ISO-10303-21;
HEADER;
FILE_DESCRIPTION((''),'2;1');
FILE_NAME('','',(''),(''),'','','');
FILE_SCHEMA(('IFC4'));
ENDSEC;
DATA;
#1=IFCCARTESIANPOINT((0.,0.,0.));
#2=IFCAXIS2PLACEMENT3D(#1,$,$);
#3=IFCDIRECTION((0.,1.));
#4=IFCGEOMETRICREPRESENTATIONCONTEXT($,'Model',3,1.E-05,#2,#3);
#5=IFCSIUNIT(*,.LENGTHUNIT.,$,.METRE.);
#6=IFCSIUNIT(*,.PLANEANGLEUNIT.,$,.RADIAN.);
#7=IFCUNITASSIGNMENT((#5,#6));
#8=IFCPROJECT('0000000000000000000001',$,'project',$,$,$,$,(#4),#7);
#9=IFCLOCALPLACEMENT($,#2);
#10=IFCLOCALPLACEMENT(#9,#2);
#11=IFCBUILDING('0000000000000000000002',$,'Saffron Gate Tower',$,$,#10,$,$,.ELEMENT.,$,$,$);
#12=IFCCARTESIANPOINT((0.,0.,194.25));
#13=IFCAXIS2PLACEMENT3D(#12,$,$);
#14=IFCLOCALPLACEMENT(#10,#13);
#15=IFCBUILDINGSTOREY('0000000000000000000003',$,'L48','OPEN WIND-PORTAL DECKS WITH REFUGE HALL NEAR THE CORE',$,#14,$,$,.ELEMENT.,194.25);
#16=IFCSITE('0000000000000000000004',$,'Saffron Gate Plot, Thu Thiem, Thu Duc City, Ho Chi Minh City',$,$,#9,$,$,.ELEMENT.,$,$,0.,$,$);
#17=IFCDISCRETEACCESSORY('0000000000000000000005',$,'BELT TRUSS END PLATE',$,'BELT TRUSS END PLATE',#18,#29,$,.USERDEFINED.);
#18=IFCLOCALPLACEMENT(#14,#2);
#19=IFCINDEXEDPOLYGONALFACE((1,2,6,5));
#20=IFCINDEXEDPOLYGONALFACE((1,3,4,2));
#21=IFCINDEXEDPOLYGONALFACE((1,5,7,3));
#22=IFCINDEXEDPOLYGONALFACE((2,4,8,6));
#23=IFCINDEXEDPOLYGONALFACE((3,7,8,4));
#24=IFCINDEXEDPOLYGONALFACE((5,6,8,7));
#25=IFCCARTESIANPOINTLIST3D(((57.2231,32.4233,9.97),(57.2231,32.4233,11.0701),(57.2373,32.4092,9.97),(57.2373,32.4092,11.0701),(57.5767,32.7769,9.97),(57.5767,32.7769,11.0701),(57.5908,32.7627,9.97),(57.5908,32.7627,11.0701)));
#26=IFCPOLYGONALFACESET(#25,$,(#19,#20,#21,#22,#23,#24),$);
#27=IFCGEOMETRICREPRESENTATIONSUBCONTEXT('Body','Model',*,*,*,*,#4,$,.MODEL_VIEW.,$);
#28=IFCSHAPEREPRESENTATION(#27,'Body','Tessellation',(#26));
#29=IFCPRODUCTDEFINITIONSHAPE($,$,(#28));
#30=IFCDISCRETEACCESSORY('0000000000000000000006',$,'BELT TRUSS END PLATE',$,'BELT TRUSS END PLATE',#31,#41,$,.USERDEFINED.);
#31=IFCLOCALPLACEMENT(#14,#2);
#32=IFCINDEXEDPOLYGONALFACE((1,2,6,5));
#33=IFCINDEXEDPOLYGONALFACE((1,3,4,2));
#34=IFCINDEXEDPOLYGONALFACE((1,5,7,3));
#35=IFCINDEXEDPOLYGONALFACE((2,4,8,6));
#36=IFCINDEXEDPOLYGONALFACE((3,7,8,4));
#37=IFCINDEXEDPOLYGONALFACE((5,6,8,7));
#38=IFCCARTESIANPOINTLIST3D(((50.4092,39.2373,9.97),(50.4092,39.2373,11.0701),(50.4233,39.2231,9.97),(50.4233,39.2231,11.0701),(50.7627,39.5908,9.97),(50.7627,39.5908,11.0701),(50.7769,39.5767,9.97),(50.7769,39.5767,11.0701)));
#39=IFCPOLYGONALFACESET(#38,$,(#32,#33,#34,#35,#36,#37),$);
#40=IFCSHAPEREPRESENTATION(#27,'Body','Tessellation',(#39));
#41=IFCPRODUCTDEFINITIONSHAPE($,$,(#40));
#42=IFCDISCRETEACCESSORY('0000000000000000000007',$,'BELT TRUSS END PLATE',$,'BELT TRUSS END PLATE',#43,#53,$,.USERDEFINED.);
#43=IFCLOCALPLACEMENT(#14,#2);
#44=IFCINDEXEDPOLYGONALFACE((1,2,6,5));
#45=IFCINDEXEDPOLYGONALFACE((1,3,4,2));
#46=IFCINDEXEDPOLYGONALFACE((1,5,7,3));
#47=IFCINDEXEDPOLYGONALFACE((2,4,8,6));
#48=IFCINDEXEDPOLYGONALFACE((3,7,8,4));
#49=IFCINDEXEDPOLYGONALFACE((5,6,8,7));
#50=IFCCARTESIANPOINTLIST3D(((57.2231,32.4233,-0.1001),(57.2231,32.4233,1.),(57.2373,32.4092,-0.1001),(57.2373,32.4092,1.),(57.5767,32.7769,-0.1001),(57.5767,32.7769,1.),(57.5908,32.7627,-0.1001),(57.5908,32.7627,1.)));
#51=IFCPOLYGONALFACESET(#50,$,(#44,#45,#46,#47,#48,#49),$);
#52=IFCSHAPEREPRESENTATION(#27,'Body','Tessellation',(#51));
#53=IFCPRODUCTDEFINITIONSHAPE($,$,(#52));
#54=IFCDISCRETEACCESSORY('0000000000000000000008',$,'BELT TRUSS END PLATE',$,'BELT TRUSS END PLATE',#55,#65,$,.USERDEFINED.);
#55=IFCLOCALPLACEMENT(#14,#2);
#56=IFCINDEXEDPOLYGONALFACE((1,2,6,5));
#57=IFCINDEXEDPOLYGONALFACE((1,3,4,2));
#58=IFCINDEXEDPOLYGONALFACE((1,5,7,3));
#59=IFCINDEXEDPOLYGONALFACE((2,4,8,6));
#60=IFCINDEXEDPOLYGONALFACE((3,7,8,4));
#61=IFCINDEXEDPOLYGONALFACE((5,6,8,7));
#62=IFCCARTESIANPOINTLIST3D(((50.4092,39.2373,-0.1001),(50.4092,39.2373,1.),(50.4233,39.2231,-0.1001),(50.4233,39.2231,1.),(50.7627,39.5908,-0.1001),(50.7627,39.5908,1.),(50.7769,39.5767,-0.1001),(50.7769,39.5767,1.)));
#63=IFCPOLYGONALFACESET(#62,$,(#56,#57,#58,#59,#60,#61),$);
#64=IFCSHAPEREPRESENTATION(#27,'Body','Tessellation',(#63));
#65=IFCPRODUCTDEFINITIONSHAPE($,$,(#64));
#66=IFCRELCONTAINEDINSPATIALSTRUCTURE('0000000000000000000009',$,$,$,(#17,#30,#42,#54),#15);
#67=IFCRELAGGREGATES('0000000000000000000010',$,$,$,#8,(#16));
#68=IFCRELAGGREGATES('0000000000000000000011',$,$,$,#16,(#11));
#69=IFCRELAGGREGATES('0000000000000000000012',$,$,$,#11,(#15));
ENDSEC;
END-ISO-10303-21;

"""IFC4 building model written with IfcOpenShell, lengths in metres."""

from ifc_helpers import new_model, si_unit, direction, frame, origin, origin_2d, place, context, subcontext, project, spatial, rectangle, extrude, element, save


model = new_model("IFC4")

# Units and contexts
model_context = context("Model", 3, precision=1e-05, world=origin(), true_north=direction((0.0, 1.0)))
body_context = subcontext(model_context, "Body", "Model", "MODEL_VIEW")
ifc_project = project(units=[si_unit("LENGTHUNIT", "METRE"), si_unit("PLANEANGLEUNIT", "RADIAN")], contexts=[model_context])

# Site, building, storey
site_placement = place(None, origin())
site = spatial("IfcSite", under=ifc_project, at=site_placement, Name="Saffron Gate Plot, Thu Thiem, Thu Duc City, Ho Chi Minh City", CompositionType="ELEMENT", RefElevation=0.0)
building_placement = place(site_placement, origin())
building = spatial("IfcBuilding", under=site, at=building_placement, Name="Saffron Gate Tower", CompositionType="ELEMENT")
storey_placement = place(building_placement, frame((0.0, 0.0, 194.25)))
storey = spatial("IfcBuildingStorey", under=building, at=storey_placement, Name="L48", Description="OPEN WIND-PORTAL DECKS WITH REFUGE HALL NEAR THE CORE", CompositionType="ELEMENT", Elevation=194.25)

# Discrete accessories
for number, where, z_axis, x_axis, name in (
    (1, (57.407, 32.593, 9.97), (0.0, 0.0, 1.0), (0.707107, -0.707107, 0.0), "BELT TRUSS END PLATE"),
    (2, (50.593, 39.407, 9.97), (0.0, 0.0, 1.0), (-0.707107, 0.707107, 0.0), "BELT TRUSS END PLATE"),
    (3, (57.407, 32.593, -0.1001), (0.0, 0.0, 1.0), (0.707107, -0.707107, 0.0), "BELT TRUSS END PLATE"),
    (4, (50.593, 39.407, -0.1001), (0.0, 0.0, 1.0), (-0.707107, 0.707107, 0.0), "BELT TRUSS END PLATE"),
):
    element("IfcDiscreteAccessory", number, at=place(storey_placement, frame(where, z_axis=z_axis, x_axis=x_axis)), inside=storey, Name=name, ObjectType="BELT TRUSS END PLATE", PredefinedType="USERDEFINED", context=body_context, shape_type="SweptSolid", body=[
        extrude(rectangle(XDim=0.02, YDim=0.5, at=origin_2d()), origin(), (0.0, 0.0, 1.0), 1.1001),
    ])

save(model, "model.ifc")
